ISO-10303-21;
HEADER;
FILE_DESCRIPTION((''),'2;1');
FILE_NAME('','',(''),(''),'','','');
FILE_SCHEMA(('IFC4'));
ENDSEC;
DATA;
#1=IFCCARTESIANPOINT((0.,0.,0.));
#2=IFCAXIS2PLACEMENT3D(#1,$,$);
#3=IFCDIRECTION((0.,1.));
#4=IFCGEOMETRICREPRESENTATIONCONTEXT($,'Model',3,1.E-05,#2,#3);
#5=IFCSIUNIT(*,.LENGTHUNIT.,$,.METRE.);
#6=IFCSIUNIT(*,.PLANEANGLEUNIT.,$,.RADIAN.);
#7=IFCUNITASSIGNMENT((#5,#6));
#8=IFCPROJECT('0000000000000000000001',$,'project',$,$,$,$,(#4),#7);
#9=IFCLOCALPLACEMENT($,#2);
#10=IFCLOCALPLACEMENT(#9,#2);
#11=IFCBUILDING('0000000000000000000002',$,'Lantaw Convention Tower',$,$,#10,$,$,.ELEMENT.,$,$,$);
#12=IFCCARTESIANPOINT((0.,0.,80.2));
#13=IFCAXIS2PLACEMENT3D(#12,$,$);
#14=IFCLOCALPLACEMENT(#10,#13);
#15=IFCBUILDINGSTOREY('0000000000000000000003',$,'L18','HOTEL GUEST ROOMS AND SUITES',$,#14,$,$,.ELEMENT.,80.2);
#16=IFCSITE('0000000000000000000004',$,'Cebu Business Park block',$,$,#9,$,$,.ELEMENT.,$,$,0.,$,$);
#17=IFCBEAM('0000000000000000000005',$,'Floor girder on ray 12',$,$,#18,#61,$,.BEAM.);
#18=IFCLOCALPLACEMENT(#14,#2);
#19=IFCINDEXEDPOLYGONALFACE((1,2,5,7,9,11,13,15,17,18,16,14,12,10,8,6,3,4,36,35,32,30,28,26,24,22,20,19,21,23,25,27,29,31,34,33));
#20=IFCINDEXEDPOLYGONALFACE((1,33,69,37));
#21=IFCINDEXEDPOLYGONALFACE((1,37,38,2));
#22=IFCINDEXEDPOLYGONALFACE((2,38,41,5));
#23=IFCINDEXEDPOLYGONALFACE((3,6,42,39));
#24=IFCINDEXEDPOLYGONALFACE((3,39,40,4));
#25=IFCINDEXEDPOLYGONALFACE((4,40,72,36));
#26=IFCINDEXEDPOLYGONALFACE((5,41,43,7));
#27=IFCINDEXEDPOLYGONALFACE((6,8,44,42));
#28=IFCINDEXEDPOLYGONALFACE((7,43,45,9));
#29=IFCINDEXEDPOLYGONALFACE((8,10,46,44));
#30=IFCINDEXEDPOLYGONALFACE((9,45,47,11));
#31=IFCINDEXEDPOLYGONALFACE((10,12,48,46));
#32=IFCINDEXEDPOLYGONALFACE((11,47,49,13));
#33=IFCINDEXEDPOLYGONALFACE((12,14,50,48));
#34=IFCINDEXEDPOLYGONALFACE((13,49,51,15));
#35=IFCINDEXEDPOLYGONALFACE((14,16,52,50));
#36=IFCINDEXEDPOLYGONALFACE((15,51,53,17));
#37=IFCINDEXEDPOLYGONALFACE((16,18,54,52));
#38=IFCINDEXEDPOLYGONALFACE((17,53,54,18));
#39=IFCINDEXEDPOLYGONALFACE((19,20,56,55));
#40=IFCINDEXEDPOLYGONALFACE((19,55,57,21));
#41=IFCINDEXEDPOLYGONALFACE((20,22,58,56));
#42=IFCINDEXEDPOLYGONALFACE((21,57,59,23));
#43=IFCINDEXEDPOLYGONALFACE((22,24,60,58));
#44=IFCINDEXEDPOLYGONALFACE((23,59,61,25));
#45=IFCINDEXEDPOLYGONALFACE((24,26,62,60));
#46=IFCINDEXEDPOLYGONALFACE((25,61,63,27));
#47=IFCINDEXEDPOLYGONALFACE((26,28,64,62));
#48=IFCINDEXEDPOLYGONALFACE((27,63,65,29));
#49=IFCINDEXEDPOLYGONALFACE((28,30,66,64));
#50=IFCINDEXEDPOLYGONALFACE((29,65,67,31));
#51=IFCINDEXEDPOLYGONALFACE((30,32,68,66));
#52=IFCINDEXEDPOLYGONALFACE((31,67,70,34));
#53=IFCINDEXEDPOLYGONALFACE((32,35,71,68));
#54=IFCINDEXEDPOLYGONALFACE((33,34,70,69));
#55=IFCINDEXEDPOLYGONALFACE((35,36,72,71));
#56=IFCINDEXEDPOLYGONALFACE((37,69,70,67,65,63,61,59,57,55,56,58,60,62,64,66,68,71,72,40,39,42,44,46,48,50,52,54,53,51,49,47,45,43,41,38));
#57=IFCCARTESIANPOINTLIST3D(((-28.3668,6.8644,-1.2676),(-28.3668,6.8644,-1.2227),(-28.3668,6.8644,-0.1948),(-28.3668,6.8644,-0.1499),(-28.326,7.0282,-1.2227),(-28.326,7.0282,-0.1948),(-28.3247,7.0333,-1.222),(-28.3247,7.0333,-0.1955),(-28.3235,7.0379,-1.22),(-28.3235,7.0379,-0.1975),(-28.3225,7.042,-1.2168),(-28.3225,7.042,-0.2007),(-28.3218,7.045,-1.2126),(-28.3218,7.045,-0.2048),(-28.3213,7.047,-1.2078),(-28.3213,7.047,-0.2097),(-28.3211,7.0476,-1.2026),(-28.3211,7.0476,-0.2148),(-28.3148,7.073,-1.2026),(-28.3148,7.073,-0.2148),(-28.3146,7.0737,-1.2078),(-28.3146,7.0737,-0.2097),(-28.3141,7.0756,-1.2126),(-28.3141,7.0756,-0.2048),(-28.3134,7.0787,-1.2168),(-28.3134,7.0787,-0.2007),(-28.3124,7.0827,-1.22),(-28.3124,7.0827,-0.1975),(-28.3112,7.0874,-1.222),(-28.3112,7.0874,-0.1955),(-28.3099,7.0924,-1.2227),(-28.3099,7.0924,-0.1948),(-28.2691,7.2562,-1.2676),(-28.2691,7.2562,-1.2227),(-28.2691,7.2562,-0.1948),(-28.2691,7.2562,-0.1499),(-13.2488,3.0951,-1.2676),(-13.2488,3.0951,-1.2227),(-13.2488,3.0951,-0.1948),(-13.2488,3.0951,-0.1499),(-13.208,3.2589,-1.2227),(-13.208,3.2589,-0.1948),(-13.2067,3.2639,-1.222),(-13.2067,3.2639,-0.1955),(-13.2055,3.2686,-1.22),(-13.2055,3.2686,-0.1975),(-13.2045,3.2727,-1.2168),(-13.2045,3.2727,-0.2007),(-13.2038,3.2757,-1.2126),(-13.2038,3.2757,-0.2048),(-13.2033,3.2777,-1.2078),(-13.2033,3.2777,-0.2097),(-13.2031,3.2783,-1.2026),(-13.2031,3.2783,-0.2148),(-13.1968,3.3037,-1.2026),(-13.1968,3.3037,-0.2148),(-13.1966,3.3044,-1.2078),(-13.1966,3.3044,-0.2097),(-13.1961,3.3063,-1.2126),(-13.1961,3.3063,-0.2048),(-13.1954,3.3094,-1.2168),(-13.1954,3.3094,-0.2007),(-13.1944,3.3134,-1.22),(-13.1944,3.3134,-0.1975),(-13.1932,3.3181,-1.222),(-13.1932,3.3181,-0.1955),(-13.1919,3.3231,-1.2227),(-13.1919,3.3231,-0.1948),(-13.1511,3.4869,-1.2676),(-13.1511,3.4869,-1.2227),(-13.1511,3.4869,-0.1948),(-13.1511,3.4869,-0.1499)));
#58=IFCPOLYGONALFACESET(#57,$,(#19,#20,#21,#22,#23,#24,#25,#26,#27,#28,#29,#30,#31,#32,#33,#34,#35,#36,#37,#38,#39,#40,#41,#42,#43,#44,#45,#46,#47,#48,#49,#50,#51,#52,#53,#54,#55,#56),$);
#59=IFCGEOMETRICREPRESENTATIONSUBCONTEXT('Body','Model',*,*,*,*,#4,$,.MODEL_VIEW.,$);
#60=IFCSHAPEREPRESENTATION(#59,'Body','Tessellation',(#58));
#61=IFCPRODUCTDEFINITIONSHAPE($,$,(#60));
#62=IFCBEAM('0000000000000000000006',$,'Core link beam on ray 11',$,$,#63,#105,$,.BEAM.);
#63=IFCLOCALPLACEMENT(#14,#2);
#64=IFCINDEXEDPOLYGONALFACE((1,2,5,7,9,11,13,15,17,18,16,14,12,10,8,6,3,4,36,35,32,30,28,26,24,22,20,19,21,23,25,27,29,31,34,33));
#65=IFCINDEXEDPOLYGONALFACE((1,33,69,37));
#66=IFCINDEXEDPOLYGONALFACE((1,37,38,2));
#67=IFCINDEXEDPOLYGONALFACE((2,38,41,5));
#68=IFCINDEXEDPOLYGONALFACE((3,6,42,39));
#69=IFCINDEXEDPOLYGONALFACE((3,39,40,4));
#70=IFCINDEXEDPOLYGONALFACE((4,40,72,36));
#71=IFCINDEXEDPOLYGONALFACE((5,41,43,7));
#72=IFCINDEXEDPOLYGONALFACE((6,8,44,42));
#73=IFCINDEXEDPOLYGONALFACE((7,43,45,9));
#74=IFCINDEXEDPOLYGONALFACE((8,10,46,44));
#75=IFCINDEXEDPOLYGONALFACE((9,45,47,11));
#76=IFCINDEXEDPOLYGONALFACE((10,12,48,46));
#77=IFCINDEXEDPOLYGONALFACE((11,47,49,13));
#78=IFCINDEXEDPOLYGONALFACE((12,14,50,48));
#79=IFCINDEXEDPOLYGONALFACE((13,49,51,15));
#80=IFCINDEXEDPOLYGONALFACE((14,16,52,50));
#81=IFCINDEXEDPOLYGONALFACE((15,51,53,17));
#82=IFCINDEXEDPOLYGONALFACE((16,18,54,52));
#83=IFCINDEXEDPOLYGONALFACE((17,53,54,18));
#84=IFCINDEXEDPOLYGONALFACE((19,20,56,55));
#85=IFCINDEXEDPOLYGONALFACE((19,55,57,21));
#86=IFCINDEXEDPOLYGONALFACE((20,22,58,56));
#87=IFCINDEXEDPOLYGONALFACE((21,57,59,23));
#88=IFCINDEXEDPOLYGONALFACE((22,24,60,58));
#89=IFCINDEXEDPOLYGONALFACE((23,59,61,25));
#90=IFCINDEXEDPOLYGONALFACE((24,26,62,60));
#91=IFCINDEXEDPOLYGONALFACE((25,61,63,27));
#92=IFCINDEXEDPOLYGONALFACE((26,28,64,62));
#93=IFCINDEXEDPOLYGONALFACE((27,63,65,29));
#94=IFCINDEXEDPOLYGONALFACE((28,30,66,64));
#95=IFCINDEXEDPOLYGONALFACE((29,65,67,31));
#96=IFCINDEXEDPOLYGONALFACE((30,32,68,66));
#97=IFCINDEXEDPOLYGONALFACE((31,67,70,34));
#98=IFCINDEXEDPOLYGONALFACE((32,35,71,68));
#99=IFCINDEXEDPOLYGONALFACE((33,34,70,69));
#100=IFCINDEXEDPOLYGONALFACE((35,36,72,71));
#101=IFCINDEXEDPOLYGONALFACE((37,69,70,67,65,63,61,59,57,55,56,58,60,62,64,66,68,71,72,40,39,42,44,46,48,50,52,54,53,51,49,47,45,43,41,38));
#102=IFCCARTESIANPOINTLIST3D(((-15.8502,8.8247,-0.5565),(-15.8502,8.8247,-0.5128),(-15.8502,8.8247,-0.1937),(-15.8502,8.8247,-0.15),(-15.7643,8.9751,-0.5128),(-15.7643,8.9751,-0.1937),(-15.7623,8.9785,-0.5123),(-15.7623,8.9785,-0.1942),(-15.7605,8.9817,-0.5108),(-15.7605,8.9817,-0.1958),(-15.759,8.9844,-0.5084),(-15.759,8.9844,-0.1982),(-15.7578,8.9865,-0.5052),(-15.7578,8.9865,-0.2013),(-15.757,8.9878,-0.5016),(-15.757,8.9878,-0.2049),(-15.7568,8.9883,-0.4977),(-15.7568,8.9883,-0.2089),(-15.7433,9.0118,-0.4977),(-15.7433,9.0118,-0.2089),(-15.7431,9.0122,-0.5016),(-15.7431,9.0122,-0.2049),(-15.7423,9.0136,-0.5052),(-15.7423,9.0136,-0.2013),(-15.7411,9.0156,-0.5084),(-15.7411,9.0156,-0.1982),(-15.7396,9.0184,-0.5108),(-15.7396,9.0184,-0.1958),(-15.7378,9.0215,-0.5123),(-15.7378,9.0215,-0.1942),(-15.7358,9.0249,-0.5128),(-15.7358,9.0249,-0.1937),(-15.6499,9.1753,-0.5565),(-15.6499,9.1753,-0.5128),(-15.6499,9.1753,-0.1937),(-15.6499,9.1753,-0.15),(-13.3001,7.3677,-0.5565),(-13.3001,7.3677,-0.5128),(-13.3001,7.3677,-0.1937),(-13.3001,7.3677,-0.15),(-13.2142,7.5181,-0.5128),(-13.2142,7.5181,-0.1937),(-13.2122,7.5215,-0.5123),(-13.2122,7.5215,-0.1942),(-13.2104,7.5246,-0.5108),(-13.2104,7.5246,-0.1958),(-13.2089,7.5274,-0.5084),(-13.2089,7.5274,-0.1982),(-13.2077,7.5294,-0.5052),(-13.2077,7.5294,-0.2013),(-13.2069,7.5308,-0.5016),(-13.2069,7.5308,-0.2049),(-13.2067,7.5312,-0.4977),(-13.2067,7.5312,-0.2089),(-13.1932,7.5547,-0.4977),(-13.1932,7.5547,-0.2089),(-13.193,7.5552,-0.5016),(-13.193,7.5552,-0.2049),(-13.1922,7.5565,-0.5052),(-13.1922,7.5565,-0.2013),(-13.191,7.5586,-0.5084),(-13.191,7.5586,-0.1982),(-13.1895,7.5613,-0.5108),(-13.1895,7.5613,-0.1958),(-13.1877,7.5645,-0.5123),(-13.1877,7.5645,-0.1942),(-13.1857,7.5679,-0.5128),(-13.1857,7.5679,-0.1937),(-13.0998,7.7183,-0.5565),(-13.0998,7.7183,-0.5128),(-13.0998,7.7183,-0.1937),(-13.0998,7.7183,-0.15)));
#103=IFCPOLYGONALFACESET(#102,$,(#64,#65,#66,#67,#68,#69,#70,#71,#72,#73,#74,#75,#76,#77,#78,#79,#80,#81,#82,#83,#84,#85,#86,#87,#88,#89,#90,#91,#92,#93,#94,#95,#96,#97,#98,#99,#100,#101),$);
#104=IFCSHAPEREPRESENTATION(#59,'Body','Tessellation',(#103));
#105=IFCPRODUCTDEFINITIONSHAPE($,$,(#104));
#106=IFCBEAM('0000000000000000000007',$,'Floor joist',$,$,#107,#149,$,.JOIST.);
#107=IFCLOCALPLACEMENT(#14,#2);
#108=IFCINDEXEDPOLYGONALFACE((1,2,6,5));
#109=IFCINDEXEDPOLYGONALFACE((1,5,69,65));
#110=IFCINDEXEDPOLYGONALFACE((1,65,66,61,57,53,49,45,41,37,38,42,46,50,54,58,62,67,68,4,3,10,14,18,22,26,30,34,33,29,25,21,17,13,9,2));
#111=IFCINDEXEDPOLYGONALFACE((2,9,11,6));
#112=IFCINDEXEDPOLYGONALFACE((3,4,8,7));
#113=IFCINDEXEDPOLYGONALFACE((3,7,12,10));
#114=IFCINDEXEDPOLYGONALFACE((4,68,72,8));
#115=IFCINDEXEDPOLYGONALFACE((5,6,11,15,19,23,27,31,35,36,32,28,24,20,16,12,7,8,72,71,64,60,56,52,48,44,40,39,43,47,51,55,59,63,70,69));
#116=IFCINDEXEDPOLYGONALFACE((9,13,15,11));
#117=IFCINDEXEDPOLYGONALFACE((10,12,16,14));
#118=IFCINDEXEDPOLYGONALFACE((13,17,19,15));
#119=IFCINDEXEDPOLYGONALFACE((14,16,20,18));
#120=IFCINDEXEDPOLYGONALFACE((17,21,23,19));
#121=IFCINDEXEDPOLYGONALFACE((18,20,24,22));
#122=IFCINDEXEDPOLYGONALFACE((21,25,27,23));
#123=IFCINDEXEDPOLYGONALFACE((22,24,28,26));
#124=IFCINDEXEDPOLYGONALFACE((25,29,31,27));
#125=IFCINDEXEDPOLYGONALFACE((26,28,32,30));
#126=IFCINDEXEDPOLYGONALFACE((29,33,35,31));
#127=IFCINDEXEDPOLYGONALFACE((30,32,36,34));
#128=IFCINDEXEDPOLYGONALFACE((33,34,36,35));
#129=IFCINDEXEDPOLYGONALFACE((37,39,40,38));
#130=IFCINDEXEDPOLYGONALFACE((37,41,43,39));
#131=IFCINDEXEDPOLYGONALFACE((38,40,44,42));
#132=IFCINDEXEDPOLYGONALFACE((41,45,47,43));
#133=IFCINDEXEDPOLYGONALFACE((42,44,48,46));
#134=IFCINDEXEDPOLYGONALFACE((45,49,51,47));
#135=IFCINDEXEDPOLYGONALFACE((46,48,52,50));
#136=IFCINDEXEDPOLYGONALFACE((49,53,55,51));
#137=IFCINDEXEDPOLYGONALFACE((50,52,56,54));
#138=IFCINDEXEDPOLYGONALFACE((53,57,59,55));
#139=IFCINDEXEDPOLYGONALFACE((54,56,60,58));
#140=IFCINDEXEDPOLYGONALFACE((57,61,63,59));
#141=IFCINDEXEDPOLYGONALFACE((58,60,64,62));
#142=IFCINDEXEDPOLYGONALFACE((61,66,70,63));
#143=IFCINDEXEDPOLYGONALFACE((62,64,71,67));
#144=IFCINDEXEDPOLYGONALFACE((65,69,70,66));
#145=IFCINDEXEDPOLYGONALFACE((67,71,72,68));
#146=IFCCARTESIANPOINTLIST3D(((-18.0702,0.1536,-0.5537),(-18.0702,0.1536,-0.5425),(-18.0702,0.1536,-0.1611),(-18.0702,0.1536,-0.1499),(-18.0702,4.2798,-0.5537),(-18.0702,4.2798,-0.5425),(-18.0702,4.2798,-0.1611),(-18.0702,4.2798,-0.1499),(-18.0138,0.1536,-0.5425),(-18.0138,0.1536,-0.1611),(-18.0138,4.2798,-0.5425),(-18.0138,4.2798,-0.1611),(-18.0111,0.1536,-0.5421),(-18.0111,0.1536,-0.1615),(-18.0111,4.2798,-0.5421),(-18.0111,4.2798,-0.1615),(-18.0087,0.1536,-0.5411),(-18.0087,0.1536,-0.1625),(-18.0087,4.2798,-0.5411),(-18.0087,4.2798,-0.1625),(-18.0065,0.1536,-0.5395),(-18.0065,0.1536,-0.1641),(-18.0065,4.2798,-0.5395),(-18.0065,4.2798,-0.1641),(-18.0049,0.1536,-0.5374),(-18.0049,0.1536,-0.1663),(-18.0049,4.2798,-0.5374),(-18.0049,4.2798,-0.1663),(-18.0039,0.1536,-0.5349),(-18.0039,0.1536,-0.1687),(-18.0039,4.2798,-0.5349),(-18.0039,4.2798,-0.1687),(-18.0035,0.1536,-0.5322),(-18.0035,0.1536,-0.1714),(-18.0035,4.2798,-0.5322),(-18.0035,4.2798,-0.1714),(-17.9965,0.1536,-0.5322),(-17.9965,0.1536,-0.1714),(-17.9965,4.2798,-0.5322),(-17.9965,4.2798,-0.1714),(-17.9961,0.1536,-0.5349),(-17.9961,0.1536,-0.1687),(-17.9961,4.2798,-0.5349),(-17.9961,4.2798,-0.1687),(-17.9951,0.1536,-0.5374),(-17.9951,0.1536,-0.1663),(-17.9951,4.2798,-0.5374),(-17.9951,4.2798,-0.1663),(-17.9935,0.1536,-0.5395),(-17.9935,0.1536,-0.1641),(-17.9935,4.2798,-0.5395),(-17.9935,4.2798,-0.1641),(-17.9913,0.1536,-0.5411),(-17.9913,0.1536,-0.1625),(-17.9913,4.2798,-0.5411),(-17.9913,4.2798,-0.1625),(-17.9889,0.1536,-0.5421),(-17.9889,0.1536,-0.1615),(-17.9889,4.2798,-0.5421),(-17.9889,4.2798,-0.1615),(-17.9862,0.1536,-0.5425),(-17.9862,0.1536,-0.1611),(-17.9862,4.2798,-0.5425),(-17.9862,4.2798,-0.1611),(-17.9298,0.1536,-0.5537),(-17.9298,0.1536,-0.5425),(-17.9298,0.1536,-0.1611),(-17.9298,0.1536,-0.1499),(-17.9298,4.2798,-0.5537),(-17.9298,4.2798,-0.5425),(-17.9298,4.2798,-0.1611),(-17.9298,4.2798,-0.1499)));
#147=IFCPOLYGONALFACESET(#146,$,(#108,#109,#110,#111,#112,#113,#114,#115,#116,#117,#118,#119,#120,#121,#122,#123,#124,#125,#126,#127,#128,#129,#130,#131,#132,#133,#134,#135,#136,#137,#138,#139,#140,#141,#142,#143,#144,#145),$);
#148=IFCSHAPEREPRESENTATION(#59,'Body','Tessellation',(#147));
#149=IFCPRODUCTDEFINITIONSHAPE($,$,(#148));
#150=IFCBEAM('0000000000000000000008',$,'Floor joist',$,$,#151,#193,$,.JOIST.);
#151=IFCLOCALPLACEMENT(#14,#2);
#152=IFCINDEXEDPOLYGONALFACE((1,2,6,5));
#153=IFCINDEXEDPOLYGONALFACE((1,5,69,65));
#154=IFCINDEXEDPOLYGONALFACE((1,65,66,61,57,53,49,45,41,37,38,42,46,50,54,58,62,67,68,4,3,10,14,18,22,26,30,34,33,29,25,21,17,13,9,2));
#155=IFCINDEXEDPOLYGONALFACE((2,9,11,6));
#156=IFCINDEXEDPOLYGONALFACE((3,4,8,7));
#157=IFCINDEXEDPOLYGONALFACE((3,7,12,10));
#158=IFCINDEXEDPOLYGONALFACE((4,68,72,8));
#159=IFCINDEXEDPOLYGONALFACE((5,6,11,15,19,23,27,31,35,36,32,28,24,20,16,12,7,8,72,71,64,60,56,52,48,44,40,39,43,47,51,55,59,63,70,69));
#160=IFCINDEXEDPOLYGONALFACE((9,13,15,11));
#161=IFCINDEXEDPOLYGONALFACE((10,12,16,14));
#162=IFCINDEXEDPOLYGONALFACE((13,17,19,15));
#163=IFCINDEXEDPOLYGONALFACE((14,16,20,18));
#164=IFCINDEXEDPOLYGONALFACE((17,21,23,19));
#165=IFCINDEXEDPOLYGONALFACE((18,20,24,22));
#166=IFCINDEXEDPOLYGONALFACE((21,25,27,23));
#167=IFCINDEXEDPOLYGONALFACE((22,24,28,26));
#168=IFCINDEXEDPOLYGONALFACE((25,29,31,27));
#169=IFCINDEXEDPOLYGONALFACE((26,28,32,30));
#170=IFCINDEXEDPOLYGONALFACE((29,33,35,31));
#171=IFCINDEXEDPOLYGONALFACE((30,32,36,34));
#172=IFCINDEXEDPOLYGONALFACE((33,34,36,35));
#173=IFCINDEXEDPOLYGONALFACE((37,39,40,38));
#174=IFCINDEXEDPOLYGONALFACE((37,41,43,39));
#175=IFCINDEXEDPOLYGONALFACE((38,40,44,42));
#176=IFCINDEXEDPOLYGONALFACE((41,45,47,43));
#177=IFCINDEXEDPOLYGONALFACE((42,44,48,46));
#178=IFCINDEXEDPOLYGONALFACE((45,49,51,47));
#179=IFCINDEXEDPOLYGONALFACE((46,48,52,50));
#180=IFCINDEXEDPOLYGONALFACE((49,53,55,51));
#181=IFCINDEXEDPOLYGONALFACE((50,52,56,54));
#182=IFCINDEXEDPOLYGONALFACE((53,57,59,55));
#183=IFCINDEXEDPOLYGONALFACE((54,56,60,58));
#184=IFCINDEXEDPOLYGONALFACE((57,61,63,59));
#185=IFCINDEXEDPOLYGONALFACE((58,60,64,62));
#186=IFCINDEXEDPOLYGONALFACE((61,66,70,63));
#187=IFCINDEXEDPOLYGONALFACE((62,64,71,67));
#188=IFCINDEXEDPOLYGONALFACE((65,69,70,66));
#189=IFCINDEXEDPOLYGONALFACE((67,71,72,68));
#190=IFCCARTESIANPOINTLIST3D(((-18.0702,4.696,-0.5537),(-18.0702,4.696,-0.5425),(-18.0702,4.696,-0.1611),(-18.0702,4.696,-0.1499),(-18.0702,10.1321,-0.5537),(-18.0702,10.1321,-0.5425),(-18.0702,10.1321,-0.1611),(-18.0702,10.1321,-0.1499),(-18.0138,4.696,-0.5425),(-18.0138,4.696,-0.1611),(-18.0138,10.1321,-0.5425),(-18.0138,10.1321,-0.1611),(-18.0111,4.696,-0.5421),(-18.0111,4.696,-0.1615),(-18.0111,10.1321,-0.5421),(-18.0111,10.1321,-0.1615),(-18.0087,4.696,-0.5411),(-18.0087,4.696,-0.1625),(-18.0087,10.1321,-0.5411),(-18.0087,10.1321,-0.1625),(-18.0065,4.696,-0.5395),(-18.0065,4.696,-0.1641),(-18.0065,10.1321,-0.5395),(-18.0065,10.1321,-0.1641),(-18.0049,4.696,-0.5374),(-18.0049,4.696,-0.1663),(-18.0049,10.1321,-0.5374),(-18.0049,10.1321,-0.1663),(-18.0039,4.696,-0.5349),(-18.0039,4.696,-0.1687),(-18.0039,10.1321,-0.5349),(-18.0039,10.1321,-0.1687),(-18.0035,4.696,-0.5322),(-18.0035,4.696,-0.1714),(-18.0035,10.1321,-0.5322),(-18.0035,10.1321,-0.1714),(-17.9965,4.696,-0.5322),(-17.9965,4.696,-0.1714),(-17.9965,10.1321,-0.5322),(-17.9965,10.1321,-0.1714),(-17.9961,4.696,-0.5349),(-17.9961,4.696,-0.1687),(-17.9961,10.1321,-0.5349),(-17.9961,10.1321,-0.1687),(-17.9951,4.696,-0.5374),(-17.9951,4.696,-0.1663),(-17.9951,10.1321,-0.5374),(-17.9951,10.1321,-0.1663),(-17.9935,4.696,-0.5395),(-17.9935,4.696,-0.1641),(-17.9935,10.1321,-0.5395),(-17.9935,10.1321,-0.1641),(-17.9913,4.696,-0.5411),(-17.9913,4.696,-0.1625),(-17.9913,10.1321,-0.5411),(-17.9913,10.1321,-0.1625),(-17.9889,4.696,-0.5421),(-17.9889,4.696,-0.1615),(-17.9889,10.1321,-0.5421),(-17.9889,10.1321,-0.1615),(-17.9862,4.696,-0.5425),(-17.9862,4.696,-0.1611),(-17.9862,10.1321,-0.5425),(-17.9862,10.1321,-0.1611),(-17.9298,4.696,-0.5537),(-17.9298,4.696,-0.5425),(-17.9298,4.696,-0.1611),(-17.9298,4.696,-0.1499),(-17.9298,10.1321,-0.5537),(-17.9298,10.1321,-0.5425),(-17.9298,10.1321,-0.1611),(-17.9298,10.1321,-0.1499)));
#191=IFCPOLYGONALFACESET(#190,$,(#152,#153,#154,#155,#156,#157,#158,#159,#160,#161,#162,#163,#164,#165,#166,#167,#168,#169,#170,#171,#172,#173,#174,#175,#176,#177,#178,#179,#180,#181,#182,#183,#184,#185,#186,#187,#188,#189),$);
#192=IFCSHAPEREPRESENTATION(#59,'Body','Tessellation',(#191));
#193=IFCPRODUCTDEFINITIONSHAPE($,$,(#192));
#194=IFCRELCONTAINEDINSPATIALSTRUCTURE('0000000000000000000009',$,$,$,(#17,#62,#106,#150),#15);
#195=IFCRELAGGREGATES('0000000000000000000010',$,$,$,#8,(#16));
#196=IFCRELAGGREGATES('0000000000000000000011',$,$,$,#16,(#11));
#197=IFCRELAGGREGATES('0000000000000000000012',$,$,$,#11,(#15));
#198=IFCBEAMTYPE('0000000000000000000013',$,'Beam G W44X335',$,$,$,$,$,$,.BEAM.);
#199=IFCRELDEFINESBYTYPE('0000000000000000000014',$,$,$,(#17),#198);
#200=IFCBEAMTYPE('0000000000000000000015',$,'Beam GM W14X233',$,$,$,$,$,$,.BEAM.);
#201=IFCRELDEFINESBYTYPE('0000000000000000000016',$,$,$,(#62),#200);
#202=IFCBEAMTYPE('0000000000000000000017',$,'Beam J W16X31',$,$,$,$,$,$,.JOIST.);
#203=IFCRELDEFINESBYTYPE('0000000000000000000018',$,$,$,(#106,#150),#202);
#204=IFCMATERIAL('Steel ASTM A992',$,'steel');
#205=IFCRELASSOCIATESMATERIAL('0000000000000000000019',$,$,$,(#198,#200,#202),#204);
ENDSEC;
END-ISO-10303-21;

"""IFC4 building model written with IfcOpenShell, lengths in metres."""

from ifc_helpers import new_model, si_unit, direction, frame, origin, origin_2d, place, context, subcontext, project, spatial, i_section, extrude, material, material_profile, profile_set, type_object, element, save


model = new_model("IFC4")

# Units and contexts
model_context = context("Model", 3, precision=1e-05, world=origin(), true_north=direction((0.0, 1.0)))
body_context = subcontext(model_context, "Body", "Model", "MODEL_VIEW")
ifc_project = project(units=[si_unit("LENGTHUNIT", "METRE"), si_unit("PLANEANGLEUNIT", "RADIAN")], contexts=[model_context])

# Site, building, storey
site_placement = place(None, origin())
site = spatial("IfcSite", under=ifc_project, at=site_placement, Name="Cebu Business Park block", CompositionType="ELEMENT", RefElevation=0.0)
building_placement = place(site_placement, origin())
building = spatial("IfcBuilding", under=site, at=building_placement, Name="Lantaw Convention Tower", CompositionType="ELEMENT")
storey_placement = place(building_placement, frame((0.0, 0.0, 80.2)))
storey = spatial("IfcBuildingStorey", under=building, at=storey_placement, Name="L18", Description="HOTEL GUEST ROOMS AND SUITES", CompositionType="ELEMENT", Elevation=80.2)

# Beams
ifc_material_1 = material(Name="Steel ASTM A992", Category="steel")
ifc_material_profile_1 = material_profile(ifc_material_1, i_section(OverallWidth=0.4038, OverallDepth=1.1177, WebThickness=0.0261, FlangeThickness=0.0449, FilletRadius=0.02, at=origin_2d()), Name="W44X335")
ifc_profile_set_1 = profile_set([ifc_material_profile_1], Name="Steel ASTM A992")
beam_type_1 = type_object("IfcBeamType", Name="Beam G W44X335", PredefinedType="BEAM", material=ifc_profile_set_1)
beam_1_placement = place(storey_placement, frame((-13.2, 3.291, -0.7087), z_axis=(-0.970296, 0.24192, 0.0), x_axis=(-0.24192, -0.970296, 0.0)))
element("IfcBeam", 1, at=beam_1_placement, inside=storey, type_object=beam_type_1, Name="Floor girder on ray 12", PredefinedType="BEAM", context=body_context, shape_type="SweptSolid", body=[
    extrude(i_section(OverallWidth=0.4038, OverallDepth=1.1177, WebThickness=0.0261, FlangeThickness=0.0449, FilletRadius=0.02, at=origin_2d()), origin(), (0.0, 0.0, 1.0), 15.5808),
])
ifc_material_profile_2 = material_profile(ifc_material_1, i_section(OverallWidth=0.4038, OverallDepth=0.4065, WebThickness=0.0271, FlangeThickness=0.0437, FilletRadius=0.0151, at=origin_2d()), Name="W14X233")
ifc_profile_set_2 = profile_set([ifc_material_profile_2], Name="Steel ASTM A992")
beam_type_2 = type_object("IfcBeamType", Name="Beam GM W14X233", PredefinedType="BEAM", material=ifc_profile_set_2)
beam_2_placement = place(storey_placement, frame((-13.2, 7.543, -0.3533), z_axis=(-0.868264, 0.496103, 0.0), x_axis=(-0.496103, -0.868264, 0.0)))
element("IfcBeam", 2, at=beam_2_placement, inside=storey, type_object=beam_type_2, Name="Core link beam on ray 11", PredefinedType="BEAM", context=body_context, shape_type="SweptSolid", body=[
    extrude(i_section(OverallWidth=0.4038, OverallDepth=0.4065, WebThickness=0.0271, FlangeThickness=0.0437, FilletRadius=0.0151, at=origin_2d()), origin(), (0.0, 0.0, 1.0), 2.937),
])
ifc_material_profile_3 = material_profile(ifc_material_1, i_section(OverallWidth=0.1404, OverallDepth=0.4038, WebThickness=0.0071, FlangeThickness=0.0112, FilletRadius=0.0103, at=origin_2d()), Name="W16X31")
ifc_profile_set_3 = profile_set([ifc_material_profile_3], Name="Steel ASTM A992")
beam_type_3 = type_object("IfcBeamType", Name="Beam J W16X31", PredefinedType="JOIST", material=ifc_profile_set_3)
beam_3_placement = place(storey_placement, frame((-18.0, 0.1536, -0.3518), z_axis=(0.0, 1.0, 0.0), x_axis=(-1.0, 0.0, 0.0)))
element("IfcBeam", 3, at=beam_3_placement, inside=storey, type_object=beam_type_3, Name="Floor joist", PredefinedType="JOIST", context=body_context, shape_type="SweptSolid", body=[
    extrude(i_section(OverallWidth=0.1404, OverallDepth=0.4038, WebThickness=0.0071, FlangeThickness=0.0112, FilletRadius=0.0103, at=origin_2d()), origin(), (0.0, 0.0, 1.0), 4.1262),
])
beam_4_placement = place(storey_placement, frame((-18.0, 4.696, -0.3518), z_axis=(0.0, 1.0, 0.0), x_axis=(-1.0, 0.0, 0.0)))
element("IfcBeam", 4, at=beam_4_placement, inside=storey, type_object=beam_type_3, Name="Floor joist", PredefinedType="JOIST", context=body_context, shape_type="SweptSolid", body=[
    extrude(i_section(OverallWidth=0.1404, OverallDepth=0.4038, WebThickness=0.0071, FlangeThickness=0.0112, FilletRadius=0.0103, at=origin_2d()), origin(), (0.0, 0.0, 1.0), 5.436),
])

save(model, "model.ifc")
